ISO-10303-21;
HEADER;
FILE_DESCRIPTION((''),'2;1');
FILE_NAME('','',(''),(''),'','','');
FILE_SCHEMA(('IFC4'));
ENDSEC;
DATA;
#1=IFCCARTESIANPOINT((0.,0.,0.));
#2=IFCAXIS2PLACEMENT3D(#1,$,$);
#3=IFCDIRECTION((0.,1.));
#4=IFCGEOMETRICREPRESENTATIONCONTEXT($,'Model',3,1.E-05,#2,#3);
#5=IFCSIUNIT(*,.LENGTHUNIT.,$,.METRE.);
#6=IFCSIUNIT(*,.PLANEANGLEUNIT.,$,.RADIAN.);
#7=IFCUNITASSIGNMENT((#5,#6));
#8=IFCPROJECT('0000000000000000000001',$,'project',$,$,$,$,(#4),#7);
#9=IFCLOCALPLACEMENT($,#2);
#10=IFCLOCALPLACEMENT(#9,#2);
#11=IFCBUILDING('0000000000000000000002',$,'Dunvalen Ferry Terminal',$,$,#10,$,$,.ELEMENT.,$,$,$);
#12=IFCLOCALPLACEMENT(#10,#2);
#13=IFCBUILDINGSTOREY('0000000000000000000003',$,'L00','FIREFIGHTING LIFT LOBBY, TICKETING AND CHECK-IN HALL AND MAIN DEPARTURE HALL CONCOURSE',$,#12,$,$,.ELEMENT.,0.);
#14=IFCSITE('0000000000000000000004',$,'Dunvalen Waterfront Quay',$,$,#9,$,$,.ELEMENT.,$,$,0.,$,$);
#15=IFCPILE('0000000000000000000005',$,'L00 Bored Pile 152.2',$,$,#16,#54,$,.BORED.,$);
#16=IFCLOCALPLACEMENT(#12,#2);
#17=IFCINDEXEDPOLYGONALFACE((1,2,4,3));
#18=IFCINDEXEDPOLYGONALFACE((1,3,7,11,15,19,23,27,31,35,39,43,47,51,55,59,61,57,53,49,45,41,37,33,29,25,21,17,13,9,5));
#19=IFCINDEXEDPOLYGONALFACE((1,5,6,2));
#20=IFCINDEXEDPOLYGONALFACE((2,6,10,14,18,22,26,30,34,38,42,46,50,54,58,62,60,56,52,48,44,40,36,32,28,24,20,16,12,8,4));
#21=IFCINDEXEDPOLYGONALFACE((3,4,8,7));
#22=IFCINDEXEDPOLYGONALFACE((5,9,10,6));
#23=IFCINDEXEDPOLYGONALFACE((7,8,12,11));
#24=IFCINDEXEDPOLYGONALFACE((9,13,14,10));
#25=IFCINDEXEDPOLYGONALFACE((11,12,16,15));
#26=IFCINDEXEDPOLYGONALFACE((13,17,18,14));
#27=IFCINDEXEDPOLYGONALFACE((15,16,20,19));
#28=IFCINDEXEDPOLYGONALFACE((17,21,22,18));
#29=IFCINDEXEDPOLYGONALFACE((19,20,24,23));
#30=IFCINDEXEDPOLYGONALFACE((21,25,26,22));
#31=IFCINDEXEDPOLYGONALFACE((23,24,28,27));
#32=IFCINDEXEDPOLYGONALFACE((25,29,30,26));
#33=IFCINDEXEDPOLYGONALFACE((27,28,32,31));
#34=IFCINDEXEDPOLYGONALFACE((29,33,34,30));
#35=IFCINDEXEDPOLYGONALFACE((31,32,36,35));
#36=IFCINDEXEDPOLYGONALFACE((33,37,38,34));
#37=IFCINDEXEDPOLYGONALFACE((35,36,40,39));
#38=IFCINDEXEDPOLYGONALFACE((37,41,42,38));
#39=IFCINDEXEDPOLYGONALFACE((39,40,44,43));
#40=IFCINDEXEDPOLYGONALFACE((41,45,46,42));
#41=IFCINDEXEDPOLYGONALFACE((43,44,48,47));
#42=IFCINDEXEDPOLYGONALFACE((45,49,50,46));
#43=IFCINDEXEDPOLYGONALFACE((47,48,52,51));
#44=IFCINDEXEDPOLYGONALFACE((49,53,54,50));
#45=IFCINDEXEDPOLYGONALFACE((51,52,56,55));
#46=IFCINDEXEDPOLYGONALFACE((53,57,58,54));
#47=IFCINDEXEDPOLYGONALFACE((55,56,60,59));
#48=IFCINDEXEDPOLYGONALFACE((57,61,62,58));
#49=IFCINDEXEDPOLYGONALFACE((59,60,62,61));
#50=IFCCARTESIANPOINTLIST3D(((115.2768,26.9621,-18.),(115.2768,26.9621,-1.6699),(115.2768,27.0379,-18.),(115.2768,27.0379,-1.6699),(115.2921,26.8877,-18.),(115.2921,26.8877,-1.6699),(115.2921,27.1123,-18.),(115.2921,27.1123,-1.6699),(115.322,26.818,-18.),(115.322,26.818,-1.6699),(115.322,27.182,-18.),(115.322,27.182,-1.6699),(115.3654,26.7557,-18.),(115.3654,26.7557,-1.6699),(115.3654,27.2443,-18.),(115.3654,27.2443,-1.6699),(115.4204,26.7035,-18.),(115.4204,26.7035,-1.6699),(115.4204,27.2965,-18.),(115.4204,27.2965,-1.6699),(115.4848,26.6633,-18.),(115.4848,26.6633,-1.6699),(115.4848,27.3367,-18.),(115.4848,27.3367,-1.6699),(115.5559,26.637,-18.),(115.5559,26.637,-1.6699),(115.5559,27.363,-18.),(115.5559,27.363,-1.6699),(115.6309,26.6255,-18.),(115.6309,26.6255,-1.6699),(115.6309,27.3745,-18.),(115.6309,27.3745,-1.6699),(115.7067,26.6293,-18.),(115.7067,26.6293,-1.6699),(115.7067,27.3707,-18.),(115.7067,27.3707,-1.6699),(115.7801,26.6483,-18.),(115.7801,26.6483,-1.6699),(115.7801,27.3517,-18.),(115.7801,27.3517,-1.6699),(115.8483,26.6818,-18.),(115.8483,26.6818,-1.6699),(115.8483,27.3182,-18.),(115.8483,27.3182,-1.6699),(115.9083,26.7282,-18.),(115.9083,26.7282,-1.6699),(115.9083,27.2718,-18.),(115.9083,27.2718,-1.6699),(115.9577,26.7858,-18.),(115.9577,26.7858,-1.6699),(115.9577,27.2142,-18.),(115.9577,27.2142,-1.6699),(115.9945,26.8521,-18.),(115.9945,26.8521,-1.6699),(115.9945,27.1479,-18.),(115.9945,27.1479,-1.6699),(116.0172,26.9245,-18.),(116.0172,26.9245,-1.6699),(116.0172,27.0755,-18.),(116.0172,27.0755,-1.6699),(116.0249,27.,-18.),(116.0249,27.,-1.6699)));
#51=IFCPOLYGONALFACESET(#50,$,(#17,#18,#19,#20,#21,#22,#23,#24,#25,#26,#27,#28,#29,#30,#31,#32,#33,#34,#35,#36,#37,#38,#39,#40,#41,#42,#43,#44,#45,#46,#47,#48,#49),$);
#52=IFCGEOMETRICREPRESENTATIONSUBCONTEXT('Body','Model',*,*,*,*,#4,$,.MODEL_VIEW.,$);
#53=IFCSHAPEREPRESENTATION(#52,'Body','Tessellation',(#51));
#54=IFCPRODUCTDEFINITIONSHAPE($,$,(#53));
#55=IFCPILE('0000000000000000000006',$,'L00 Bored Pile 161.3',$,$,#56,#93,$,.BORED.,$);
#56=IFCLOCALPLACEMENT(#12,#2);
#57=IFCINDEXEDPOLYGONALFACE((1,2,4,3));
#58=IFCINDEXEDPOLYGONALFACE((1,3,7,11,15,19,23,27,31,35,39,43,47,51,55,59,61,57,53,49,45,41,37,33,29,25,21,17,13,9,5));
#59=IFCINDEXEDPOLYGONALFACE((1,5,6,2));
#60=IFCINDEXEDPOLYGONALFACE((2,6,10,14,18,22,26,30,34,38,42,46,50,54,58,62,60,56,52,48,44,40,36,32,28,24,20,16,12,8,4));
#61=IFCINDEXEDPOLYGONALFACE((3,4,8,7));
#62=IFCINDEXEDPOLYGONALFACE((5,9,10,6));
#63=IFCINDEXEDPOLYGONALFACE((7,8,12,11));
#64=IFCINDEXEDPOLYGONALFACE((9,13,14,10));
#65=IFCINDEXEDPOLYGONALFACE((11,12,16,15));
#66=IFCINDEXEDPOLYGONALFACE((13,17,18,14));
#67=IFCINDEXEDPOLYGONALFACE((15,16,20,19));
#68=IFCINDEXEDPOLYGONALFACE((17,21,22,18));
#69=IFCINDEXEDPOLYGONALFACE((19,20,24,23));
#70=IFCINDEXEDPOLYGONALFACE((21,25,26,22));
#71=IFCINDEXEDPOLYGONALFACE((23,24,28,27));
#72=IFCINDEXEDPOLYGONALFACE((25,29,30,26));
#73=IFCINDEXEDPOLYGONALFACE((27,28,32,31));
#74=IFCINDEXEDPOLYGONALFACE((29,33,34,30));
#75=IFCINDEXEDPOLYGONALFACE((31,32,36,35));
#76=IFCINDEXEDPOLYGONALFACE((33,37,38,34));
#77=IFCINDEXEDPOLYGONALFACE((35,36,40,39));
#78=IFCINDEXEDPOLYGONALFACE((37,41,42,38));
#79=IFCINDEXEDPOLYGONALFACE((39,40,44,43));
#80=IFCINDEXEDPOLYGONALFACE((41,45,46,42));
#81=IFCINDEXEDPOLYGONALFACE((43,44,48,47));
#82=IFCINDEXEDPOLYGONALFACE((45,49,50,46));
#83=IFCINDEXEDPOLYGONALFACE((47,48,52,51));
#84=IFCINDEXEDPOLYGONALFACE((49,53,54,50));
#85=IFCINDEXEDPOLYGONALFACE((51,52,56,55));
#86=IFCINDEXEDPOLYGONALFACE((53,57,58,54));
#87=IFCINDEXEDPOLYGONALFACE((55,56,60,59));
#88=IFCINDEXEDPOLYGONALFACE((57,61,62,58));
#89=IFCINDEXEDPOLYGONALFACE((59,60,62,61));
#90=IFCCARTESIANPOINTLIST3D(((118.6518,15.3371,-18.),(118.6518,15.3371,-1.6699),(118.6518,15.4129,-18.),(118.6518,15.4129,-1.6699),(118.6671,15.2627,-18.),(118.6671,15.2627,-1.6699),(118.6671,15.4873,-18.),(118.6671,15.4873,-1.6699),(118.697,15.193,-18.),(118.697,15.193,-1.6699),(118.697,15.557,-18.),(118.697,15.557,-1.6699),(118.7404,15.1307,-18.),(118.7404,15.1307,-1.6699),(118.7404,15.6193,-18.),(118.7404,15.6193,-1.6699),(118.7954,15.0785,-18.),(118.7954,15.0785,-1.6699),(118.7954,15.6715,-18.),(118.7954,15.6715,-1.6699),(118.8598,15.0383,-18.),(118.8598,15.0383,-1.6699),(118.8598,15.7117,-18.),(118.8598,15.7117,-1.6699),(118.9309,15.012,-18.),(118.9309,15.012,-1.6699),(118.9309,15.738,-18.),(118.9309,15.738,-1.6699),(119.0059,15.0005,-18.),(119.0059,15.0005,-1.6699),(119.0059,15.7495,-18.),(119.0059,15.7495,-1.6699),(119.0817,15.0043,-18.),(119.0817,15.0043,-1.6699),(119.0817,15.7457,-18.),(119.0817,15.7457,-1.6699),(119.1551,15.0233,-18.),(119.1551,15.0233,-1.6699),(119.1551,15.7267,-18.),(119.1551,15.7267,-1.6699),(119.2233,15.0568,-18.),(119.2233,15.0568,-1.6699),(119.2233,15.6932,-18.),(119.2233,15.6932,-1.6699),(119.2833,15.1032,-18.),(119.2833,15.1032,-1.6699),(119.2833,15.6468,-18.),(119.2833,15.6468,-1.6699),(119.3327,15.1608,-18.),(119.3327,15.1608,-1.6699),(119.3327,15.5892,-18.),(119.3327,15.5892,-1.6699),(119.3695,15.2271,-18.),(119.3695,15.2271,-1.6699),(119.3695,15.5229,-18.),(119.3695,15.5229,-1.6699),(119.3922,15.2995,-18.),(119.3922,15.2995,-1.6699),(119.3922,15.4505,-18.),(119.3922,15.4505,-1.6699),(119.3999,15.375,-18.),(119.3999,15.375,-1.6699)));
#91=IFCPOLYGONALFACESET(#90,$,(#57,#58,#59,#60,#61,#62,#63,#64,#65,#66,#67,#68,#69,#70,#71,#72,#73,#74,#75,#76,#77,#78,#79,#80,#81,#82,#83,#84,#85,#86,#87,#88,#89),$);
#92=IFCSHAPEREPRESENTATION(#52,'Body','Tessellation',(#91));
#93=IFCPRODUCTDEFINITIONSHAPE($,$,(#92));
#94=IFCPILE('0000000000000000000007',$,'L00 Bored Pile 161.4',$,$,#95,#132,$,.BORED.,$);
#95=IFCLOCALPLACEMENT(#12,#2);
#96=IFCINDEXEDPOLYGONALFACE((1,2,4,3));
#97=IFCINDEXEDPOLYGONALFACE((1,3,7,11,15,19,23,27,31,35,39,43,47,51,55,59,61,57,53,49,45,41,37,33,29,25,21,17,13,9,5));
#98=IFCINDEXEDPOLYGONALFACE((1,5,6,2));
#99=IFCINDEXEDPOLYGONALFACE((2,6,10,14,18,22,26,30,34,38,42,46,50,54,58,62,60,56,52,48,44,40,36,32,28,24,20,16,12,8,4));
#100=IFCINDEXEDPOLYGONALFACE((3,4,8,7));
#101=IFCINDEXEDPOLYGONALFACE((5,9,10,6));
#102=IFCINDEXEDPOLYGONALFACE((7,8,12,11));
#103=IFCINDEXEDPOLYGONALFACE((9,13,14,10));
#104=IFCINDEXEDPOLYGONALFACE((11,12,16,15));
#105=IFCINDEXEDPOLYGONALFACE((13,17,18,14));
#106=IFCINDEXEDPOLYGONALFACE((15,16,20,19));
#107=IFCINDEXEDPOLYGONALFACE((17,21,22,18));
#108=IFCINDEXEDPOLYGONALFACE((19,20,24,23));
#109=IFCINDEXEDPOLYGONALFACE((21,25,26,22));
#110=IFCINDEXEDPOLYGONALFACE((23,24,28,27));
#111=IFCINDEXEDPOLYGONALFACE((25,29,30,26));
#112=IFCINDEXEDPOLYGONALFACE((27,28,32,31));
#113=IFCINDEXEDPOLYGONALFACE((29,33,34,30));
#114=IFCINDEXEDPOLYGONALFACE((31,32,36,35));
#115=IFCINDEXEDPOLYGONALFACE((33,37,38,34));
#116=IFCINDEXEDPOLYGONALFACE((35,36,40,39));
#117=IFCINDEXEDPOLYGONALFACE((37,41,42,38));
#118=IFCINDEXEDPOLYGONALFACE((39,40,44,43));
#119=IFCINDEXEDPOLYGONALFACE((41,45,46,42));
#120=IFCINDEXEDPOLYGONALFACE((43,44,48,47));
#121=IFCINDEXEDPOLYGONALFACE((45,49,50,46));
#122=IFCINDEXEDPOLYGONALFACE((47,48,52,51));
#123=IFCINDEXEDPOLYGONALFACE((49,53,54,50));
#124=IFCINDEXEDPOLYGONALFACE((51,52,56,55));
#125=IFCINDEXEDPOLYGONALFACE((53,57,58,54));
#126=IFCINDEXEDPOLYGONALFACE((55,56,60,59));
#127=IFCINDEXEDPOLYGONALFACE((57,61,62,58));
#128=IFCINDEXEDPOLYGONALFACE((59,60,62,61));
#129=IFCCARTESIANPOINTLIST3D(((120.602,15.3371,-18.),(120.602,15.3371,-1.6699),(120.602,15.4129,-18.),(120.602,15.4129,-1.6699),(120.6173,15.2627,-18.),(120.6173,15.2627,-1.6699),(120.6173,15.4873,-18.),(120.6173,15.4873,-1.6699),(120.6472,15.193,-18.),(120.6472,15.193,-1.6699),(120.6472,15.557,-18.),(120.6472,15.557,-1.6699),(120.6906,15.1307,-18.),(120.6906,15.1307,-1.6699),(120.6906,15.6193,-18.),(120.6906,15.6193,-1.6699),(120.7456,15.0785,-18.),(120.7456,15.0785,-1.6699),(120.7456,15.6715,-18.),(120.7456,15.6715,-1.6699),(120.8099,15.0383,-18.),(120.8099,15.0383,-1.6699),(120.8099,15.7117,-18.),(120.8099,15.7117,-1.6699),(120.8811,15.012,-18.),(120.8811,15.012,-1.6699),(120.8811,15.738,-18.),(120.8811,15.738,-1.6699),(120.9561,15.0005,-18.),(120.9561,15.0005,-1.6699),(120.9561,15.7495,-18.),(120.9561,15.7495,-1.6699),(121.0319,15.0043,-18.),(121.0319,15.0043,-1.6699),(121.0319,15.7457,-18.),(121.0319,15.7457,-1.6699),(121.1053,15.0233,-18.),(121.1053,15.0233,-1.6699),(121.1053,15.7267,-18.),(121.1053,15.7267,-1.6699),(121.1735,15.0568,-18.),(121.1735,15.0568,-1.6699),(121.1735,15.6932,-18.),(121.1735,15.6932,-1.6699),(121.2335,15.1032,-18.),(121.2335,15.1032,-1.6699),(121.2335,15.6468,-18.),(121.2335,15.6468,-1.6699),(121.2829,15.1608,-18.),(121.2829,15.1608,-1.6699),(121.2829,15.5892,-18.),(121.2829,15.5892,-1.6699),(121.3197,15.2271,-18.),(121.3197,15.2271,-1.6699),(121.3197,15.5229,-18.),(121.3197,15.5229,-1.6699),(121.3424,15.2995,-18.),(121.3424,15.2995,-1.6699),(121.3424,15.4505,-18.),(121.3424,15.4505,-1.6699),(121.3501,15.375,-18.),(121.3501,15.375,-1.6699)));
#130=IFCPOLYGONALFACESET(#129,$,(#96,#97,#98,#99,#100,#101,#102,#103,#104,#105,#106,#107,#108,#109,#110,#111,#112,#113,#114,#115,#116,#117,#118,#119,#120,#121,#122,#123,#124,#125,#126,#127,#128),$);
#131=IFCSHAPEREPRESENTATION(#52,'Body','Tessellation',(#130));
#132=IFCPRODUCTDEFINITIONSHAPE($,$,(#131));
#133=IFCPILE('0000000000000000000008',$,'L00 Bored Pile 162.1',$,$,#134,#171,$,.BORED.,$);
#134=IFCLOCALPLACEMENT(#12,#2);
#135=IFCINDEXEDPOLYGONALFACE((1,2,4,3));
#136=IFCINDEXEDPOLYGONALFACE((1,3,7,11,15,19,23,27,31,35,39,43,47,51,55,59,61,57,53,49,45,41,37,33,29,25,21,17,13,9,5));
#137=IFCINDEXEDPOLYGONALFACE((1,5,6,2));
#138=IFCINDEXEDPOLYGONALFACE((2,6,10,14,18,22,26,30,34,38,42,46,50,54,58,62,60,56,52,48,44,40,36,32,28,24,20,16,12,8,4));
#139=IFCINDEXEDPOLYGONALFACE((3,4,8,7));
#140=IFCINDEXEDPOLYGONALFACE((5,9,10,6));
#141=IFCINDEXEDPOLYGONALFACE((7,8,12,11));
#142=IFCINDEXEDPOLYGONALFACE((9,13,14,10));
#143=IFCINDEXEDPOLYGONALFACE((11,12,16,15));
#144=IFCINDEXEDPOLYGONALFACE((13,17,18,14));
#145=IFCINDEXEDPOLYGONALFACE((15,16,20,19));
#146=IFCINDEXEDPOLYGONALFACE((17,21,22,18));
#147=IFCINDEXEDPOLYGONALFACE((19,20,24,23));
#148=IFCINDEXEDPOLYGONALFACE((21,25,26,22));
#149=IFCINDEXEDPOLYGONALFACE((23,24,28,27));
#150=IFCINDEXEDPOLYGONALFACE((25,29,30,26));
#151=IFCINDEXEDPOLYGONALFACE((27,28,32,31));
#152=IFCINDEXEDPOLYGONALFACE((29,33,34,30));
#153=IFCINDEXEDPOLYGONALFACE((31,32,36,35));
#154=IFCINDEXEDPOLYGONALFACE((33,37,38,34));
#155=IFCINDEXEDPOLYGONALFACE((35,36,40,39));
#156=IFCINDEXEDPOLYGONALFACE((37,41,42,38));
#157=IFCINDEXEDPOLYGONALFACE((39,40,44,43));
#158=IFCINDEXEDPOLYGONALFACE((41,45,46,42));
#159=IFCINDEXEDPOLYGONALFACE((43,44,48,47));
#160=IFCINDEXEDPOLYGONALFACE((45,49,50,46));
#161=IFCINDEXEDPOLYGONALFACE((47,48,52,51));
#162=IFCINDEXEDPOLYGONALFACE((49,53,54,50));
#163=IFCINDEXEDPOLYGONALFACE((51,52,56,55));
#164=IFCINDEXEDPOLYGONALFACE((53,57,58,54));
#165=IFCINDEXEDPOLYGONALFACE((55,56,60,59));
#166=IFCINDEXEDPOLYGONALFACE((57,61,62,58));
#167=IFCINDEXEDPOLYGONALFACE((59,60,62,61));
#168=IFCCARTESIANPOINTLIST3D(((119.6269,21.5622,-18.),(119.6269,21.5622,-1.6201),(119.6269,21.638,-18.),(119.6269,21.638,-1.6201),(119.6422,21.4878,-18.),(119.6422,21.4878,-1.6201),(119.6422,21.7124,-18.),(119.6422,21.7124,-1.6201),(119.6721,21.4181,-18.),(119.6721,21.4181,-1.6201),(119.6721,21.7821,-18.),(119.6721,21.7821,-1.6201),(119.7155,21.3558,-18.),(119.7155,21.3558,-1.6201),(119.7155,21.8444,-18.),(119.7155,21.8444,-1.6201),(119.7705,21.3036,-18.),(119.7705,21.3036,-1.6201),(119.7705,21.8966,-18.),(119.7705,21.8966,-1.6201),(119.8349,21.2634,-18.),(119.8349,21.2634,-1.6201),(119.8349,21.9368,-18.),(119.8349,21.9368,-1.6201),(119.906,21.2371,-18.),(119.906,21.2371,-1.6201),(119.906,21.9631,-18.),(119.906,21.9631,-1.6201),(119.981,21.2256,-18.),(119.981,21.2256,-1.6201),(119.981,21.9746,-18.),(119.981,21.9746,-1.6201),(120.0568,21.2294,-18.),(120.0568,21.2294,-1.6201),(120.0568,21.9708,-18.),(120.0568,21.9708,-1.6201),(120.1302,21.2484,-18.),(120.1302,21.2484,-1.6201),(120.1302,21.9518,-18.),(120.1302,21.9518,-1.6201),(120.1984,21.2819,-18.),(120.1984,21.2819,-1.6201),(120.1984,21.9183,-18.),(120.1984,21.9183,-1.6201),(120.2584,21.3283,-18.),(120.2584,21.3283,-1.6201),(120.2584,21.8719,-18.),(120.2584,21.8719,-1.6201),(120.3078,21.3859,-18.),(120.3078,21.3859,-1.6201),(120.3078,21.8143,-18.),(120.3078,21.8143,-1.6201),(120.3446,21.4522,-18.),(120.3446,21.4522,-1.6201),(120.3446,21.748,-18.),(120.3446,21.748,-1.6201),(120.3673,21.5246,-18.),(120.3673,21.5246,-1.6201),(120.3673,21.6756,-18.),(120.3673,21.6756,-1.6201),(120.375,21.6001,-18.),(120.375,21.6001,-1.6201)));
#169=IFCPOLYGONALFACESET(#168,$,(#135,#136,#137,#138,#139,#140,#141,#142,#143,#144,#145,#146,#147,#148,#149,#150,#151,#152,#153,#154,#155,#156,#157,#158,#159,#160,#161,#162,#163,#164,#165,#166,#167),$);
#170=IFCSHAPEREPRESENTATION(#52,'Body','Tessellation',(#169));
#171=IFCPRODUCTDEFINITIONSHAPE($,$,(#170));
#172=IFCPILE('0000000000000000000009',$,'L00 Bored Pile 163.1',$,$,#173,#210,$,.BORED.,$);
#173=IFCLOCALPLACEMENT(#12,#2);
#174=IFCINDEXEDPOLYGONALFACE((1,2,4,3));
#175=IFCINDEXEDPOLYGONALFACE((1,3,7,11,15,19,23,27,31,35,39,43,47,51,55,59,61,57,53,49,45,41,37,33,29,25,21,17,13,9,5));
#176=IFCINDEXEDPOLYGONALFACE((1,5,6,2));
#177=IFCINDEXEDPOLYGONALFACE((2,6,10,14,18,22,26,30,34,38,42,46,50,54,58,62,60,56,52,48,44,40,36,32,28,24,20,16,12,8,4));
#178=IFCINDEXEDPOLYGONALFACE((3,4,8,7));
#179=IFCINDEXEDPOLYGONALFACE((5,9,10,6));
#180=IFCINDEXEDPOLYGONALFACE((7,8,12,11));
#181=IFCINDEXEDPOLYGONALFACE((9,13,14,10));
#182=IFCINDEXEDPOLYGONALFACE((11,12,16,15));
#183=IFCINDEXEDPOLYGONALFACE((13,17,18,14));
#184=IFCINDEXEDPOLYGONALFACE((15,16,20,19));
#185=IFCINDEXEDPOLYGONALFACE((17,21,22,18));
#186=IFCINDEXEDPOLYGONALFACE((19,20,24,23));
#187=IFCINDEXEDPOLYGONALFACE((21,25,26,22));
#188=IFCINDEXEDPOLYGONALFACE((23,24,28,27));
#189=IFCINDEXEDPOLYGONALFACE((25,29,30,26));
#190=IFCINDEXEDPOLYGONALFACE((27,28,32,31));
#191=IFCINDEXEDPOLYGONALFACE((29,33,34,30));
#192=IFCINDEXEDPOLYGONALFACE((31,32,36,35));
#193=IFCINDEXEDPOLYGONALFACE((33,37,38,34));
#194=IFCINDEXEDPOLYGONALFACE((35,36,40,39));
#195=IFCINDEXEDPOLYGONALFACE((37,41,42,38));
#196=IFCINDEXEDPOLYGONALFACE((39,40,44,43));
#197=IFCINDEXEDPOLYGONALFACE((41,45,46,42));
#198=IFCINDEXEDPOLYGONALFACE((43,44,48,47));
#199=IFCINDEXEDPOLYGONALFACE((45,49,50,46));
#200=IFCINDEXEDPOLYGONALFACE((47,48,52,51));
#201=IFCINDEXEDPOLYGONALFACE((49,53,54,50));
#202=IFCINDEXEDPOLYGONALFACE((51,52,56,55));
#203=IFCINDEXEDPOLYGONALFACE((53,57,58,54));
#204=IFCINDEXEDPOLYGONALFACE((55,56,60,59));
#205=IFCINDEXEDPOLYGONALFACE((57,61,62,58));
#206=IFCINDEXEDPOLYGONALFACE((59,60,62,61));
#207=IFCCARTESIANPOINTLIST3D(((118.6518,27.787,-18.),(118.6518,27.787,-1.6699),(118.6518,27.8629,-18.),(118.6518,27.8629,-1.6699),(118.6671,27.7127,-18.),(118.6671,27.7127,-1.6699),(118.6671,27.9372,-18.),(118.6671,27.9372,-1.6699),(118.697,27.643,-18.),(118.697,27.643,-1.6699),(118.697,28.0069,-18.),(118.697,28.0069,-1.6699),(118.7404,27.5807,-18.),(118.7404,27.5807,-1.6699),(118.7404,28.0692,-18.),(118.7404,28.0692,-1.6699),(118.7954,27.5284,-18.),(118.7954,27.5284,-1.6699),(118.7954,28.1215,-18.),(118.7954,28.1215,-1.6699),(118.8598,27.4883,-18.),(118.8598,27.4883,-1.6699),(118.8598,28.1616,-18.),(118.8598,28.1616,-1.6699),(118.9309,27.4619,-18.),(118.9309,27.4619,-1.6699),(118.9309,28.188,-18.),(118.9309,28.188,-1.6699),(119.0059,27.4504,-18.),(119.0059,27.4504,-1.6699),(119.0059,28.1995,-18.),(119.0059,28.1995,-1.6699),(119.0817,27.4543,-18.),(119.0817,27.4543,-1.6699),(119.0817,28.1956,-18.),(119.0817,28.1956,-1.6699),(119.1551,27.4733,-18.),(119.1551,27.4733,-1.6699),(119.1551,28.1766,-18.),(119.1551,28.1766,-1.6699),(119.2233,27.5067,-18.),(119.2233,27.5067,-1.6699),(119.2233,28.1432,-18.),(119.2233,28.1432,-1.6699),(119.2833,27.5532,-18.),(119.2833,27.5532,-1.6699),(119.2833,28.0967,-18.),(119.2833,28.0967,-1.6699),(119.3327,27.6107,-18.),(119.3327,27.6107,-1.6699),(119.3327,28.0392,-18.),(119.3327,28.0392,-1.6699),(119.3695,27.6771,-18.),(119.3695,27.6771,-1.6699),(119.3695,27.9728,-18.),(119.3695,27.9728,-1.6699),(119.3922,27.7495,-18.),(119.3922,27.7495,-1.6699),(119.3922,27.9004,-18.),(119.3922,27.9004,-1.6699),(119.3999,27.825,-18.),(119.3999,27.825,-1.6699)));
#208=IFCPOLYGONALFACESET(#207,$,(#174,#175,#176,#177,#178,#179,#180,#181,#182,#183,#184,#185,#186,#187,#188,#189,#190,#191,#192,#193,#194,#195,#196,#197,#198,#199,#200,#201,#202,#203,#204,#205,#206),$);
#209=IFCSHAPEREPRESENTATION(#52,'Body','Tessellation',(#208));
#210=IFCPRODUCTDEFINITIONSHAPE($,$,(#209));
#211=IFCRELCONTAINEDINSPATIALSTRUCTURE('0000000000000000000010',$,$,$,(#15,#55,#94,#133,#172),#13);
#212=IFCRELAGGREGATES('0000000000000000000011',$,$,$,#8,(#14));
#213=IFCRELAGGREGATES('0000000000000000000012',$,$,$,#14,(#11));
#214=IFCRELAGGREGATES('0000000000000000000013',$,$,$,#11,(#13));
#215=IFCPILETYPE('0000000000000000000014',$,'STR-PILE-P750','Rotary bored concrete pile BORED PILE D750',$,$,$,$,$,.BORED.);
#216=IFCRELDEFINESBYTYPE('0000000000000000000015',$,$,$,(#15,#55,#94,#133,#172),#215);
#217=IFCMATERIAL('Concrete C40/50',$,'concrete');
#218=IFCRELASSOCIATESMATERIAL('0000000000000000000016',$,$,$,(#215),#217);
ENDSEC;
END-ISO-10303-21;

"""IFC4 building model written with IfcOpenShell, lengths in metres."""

from ifc_helpers import new_model, si_unit, direction, frame, origin, origin_2d, place, context, subcontext, project, spatial, circle, extrude, material, material_profile, profile_set, type_object, element, save


model = new_model("IFC4")

# Units and contexts
model_context = context("Model", 3, precision=1e-05, world=origin(), true_north=direction((0.0, 1.0)))
body_context = subcontext(model_context, "Body", "Model", "MODEL_VIEW")
ifc_project = project(units=[si_unit("LENGTHUNIT", "METRE"), si_unit("PLANEANGLEUNIT", "RADIAN")], contexts=[model_context])

# Site, building, storey
site_placement = place(None, origin())
site = spatial("IfcSite", under=ifc_project, at=site_placement, Name="Dunvalen Waterfront Quay", CompositionType="ELEMENT", RefElevation=0.0)
building_placement = place(site_placement, origin())
building = spatial("IfcBuilding", under=site, at=building_placement, Name="Dunvalen Ferry Terminal", CompositionType="ELEMENT")
storey_placement = place(building_placement, origin())
storey = spatial("IfcBuildingStorey", under=building, at=storey_placement, Name="L00", Description="FIREFIGHTING LIFT LOBBY, TICKETING AND CHECK-IN HALL AND MAIN DEPARTURE HALL CONCOURSE", CompositionType="ELEMENT", Elevation=0.0)

# Shared definitions
ifc_material_1 = material(Name="Concrete C40/50", Category="concrete")

# Piles
ifc_material_profile_1 = material_profile(ifc_material_1, circle(Radius=0.375, at=origin_2d()), Name="Concrete C40/50")
ifc_profile_set_1 = profile_set([ifc_material_profile_1], Name="Concrete C40/50")
pile_type = type_object("IfcPileType", Name="STR-PILE-P750", Description="Rotary bored concrete pile BORED PILE D750", PredefinedType="BORED", material=ifc_profile_set_1)
for number, where, z_axis, x_axis, name in (
    (1, (115.6499, 27.0, -1.6699), (0.0, 0.0, -1.0), (1.0, 0.0, 0.0), "L00 Bored Pile 152.2"),
    (2, (119.0249, 15.375, -1.6699), (0.0, 0.0, -1.0), (1.0, 0.0, 0.0), "L00 Bored Pile 161.3"),
    (3, (120.9751, 15.375, -1.6699), (0.0, 0.0, -1.0), (1.0, 0.0, 0.0), "L00 Bored Pile 161.4"),
):
    element("IfcPile", number, at=place(storey_placement, frame(where, z_axis=z_axis, x_axis=x_axis)), inside=storey, type_object=pile_type, Name=name, PredefinedType="BORED", context=body_context, shape_type="SweptSolid", body=[
        extrude(circle(Radius=0.375, at=origin_2d()), origin(), (0.0, 0.0, 1.0), 16.3301),
    ])
pile_1_placement = place(storey_placement, frame((120.0, 21.6001, -1.6201), z_axis=(0.0, 0.0, -1.0), x_axis=(1.0, 0.0, 0.0)))
element("IfcPile", 4, at=pile_1_placement, inside=storey, type_object=pile_type, Name="L00 Bored Pile 162.1", PredefinedType="BORED", context=body_context, shape_type="SweptSolid", body=[
    extrude(circle(Radius=0.375, at=origin_2d()), origin(), (0.0, 0.0, 1.0), 16.3799),
])
for number, where, z_axis, x_axis, name in (
    (5, (119.0249, 27.825, -1.6699), (0.0, 0.0, -1.0), (1.0, 0.0, 0.0), "L00 Bored Pile 163.1"),
):
    element("IfcPile", number, at=place(storey_placement, frame(where, z_axis=z_axis, x_axis=x_axis)), inside=storey, type_object=pile_type, Name=name, PredefinedType="BORED", context=body_context, shape_type="SweptSolid", body=[
        extrude(circle(Radius=0.375, at=origin_2d()), origin(), (0.0, 0.0, 1.0), 16.3301),
    ])

save(model, "model.ifc")
